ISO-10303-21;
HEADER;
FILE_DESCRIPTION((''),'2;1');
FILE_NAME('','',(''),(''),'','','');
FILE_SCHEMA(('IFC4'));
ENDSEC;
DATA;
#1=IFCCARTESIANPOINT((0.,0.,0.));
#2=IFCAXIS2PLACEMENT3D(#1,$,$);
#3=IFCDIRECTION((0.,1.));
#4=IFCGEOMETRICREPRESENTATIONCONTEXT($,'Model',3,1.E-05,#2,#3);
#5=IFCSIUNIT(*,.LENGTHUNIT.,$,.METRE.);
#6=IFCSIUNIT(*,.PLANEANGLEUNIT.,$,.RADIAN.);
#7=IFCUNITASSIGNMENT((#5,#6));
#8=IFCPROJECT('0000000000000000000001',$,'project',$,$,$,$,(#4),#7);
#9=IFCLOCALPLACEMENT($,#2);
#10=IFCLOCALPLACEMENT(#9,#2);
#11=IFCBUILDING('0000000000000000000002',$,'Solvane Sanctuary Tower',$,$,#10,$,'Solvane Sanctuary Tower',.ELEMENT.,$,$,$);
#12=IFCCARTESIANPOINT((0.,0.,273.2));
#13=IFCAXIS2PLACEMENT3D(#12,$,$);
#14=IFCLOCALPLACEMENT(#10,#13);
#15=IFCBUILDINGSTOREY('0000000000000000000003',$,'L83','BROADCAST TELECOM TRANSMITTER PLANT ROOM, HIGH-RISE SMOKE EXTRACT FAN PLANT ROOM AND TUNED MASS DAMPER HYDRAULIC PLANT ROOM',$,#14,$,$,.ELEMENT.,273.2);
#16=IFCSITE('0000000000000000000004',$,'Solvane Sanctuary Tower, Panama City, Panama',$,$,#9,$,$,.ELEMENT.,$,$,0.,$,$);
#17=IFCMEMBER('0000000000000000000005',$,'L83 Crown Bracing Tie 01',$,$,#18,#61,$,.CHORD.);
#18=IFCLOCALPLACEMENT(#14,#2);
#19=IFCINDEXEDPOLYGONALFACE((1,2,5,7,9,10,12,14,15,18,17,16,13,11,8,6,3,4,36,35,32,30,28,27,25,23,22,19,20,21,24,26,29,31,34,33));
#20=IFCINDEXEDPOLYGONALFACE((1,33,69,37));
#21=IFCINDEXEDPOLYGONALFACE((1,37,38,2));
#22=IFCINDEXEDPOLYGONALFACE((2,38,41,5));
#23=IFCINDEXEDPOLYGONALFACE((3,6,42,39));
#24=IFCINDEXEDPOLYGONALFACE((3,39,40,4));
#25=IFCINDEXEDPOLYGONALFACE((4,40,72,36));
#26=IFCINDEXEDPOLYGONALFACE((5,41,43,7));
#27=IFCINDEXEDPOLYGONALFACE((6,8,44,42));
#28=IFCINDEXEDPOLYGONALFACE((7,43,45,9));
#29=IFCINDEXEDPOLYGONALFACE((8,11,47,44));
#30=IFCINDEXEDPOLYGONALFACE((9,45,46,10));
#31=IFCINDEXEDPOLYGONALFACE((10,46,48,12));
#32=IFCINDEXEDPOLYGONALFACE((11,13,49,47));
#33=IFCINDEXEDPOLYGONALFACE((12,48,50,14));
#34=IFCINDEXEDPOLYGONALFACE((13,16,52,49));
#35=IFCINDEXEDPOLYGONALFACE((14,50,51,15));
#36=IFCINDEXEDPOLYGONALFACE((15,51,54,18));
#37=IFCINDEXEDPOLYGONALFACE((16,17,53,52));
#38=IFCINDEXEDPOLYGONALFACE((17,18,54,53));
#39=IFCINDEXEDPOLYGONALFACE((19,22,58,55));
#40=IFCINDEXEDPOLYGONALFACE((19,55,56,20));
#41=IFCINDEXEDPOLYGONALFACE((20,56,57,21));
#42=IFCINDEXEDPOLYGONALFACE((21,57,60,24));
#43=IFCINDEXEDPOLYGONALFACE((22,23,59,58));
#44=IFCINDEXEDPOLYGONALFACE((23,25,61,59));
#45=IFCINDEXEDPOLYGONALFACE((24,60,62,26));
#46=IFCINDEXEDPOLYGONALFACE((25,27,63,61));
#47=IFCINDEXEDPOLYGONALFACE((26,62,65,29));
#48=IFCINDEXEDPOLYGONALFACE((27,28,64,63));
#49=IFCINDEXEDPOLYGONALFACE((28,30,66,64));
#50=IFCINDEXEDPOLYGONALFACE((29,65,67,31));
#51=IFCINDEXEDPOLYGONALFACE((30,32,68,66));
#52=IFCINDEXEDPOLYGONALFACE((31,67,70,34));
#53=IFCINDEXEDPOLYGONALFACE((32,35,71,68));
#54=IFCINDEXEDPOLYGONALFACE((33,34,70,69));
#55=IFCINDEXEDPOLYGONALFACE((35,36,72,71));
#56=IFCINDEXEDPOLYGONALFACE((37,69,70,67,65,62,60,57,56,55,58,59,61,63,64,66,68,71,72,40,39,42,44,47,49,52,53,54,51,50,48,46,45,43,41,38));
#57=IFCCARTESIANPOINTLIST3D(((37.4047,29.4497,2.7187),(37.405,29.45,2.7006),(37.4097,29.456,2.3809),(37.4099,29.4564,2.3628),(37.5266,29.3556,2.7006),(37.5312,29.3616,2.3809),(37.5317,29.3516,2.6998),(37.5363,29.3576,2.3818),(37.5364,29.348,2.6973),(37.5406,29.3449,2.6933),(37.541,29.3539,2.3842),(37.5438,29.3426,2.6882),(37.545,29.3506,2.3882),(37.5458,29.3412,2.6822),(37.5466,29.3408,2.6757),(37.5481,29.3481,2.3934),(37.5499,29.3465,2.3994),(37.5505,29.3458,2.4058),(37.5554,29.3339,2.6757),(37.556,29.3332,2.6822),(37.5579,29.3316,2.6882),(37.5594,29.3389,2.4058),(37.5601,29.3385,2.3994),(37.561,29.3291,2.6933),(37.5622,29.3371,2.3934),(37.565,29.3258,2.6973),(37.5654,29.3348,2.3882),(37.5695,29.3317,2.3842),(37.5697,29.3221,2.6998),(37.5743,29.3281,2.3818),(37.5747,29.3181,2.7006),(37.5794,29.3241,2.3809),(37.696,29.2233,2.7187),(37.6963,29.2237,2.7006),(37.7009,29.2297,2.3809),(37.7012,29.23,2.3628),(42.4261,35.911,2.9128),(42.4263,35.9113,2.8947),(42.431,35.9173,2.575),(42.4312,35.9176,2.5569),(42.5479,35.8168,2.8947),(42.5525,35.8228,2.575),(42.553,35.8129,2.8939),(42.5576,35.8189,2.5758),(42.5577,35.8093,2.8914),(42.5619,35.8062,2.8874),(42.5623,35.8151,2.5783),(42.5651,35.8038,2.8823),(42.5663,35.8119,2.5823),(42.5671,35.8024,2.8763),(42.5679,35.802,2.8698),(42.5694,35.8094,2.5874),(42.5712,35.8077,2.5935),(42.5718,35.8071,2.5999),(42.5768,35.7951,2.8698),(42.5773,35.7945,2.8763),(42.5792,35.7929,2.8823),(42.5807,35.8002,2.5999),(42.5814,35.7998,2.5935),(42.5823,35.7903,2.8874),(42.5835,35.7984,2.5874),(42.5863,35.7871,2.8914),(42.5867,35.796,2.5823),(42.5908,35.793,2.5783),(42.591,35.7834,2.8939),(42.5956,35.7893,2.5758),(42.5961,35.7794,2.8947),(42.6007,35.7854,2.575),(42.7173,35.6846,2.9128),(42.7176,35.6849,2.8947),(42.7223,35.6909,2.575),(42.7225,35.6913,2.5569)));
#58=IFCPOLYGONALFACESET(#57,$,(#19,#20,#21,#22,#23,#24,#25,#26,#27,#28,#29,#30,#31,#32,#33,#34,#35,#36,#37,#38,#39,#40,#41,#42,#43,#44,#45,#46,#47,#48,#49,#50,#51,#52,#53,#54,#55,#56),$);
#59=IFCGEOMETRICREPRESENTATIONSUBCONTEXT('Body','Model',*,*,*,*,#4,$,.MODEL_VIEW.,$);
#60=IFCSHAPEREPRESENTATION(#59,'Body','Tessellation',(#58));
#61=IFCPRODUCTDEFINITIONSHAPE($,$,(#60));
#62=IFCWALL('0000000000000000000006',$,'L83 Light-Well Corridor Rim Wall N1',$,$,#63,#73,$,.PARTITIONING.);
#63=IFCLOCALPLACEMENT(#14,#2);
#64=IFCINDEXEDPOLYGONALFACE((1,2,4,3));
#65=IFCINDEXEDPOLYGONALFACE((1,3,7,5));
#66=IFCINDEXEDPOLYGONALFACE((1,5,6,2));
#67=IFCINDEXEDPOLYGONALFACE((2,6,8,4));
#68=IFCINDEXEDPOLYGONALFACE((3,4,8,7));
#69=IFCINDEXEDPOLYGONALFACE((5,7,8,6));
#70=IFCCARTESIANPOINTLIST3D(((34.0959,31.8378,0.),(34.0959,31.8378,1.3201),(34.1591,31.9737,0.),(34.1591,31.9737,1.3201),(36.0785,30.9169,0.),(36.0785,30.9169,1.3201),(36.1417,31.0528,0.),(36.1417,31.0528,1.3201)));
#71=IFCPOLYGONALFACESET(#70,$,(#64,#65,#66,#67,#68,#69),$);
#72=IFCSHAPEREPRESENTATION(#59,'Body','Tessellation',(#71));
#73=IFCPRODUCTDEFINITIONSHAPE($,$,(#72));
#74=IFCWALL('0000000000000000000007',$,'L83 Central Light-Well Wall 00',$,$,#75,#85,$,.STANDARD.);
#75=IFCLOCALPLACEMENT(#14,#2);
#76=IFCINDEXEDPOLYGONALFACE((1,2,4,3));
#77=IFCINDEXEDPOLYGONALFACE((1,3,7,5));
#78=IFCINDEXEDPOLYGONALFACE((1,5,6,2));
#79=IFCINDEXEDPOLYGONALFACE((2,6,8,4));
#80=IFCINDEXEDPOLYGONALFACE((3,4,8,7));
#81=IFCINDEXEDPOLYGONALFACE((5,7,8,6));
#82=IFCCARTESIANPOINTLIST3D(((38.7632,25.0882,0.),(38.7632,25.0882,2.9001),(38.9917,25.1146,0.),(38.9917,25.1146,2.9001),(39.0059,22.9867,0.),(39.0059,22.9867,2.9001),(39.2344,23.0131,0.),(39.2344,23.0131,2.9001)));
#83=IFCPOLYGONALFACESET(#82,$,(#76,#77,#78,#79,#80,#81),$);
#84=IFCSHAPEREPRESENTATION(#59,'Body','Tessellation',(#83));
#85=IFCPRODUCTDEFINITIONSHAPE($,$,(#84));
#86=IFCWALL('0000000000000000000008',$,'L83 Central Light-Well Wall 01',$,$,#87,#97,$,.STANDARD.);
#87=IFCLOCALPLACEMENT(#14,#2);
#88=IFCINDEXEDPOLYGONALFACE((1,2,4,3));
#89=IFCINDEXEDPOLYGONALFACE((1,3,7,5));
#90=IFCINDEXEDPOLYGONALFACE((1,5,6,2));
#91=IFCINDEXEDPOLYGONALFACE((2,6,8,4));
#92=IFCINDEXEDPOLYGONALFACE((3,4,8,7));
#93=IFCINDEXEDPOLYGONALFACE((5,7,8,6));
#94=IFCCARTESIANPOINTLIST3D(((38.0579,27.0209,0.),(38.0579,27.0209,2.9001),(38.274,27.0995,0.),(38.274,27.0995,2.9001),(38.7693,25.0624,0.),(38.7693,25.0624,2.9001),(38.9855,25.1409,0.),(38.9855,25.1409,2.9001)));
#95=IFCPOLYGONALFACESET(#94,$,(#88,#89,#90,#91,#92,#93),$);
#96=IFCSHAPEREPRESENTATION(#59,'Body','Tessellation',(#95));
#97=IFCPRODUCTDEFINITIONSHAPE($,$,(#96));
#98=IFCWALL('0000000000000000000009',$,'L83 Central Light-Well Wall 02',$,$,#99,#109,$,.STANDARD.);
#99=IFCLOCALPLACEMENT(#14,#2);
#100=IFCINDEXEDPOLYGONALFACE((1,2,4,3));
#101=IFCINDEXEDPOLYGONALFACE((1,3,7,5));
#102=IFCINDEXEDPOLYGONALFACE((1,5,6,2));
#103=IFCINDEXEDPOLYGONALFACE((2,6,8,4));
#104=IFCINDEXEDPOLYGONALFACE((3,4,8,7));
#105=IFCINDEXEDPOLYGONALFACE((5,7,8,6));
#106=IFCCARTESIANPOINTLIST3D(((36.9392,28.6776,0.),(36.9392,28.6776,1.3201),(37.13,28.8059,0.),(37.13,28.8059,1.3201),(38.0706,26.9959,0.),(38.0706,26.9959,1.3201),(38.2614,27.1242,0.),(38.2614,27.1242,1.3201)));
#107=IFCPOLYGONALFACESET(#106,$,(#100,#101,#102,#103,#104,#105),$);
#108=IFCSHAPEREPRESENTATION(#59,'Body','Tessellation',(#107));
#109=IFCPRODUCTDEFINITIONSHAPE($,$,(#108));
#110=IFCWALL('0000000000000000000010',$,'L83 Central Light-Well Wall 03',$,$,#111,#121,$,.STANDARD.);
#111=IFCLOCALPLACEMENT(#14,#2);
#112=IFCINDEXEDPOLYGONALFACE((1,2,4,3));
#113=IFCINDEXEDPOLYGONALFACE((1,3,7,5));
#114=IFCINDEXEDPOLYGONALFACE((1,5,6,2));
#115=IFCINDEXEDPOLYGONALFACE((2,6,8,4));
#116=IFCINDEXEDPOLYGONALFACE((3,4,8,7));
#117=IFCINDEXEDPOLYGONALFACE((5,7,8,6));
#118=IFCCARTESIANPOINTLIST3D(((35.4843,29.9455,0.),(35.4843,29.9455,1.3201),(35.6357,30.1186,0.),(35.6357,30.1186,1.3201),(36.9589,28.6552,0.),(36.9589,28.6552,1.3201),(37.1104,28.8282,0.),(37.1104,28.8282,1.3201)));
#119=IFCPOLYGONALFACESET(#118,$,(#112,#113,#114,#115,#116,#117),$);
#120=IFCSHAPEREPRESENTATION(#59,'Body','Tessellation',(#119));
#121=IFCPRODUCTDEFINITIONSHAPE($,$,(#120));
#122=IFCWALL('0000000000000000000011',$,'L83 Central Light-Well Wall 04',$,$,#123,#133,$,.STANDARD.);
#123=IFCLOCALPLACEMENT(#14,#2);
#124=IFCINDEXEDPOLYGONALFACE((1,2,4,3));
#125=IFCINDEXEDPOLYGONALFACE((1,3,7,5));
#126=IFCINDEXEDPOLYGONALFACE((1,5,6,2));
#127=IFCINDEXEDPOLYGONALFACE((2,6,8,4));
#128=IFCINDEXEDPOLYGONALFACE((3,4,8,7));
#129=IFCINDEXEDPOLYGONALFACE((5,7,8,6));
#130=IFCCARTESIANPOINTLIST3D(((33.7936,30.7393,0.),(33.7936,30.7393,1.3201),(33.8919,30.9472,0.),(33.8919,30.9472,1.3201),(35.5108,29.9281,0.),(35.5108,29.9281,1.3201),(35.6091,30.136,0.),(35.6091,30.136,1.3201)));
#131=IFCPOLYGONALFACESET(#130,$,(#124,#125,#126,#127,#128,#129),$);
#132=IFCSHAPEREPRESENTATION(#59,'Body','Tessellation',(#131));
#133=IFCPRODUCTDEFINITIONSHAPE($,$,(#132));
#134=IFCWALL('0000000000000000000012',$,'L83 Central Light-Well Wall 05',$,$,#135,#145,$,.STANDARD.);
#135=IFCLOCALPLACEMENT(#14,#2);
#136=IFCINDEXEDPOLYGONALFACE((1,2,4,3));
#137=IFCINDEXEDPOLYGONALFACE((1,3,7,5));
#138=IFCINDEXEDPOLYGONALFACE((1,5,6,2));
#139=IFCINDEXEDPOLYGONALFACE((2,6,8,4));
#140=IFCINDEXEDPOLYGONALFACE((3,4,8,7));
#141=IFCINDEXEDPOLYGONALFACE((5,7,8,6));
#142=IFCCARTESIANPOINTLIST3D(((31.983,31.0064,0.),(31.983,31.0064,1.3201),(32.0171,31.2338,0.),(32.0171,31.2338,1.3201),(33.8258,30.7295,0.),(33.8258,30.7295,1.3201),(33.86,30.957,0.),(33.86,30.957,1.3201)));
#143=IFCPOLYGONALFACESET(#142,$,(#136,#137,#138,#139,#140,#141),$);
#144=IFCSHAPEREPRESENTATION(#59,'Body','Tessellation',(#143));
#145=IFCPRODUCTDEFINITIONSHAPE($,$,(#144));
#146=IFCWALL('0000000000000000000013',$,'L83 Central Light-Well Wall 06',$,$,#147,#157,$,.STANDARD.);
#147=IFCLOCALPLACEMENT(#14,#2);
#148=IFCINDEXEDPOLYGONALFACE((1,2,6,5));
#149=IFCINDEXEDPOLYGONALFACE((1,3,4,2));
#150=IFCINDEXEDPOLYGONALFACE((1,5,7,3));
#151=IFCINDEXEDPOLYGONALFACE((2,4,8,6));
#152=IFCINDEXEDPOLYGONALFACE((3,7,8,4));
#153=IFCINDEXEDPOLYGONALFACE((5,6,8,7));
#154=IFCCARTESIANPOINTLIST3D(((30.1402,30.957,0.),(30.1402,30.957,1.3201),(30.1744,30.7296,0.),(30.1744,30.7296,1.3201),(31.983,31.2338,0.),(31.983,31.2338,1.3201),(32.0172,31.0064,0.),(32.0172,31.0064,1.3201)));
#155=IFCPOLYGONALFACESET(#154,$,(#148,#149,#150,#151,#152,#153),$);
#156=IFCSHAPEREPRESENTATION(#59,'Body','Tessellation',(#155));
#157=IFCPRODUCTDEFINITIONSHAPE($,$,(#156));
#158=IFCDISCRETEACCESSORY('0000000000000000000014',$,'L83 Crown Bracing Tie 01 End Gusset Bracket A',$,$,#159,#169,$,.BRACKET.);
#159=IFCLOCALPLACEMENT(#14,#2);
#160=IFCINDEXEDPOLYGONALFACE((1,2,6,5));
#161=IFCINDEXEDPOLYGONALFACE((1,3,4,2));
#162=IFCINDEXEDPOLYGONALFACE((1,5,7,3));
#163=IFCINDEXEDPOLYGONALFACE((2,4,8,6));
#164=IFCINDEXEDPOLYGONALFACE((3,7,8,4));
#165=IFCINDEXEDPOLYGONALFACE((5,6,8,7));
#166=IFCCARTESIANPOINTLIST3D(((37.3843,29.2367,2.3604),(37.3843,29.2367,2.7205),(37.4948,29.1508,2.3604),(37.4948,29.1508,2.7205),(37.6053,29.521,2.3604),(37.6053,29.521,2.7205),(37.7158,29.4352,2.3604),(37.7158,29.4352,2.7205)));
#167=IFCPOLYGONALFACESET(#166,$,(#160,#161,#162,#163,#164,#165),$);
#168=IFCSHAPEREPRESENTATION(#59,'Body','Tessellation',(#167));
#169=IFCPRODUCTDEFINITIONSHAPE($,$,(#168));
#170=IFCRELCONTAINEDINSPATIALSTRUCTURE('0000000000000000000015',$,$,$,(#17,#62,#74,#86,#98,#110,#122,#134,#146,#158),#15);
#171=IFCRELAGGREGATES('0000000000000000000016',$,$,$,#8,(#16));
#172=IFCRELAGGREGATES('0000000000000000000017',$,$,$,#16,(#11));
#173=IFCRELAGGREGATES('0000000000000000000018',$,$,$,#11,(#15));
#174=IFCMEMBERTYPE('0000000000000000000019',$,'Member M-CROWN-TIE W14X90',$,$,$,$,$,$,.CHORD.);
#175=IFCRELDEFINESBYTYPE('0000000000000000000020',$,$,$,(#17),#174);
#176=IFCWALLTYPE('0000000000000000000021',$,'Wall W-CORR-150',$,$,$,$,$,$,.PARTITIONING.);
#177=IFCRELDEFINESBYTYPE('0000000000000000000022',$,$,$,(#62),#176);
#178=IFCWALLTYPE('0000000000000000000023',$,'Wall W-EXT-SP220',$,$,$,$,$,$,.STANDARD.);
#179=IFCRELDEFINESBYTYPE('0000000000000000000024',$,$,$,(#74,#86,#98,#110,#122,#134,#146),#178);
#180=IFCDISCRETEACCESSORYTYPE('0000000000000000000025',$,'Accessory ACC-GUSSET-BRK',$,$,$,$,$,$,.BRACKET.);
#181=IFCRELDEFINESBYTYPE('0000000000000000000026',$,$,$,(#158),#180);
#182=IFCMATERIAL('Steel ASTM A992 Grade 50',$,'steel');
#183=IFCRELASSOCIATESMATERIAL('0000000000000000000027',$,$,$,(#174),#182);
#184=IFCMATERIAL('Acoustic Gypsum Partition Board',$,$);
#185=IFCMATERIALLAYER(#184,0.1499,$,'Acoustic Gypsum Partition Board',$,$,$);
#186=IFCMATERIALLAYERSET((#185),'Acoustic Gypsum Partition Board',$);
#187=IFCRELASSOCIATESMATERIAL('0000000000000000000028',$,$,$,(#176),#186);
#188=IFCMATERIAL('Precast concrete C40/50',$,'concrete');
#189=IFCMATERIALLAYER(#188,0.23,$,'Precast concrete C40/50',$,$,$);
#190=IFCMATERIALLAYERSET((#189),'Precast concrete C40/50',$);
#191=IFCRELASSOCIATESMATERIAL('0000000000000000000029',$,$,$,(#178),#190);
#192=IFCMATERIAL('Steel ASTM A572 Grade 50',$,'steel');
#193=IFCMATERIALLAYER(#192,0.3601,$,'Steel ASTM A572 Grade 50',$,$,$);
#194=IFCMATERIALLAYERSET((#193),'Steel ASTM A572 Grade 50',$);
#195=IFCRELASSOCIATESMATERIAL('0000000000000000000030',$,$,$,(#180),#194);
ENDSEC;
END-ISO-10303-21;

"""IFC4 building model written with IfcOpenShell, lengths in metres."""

from ifc_helpers import new_model, si_unit, direction, frame, frame_2d, origin, origin_2d, place, context, subcontext, project, spatial, rectangle, i_section, extrude, material, layer, layer_set, material_profile, profile_set, type_object, element, save


model = new_model("IFC4")

# Units and contexts
model_context = context("Model", 3, precision=1e-05, world=origin(), true_north=direction((0.0, 1.0)))
body_context = subcontext(model_context, "Body", "Model", "MODEL_VIEW")
ifc_project = project(units=[si_unit("LENGTHUNIT", "METRE"), si_unit("PLANEANGLEUNIT", "RADIAN")], contexts=[model_context])

# Site, building, storey
site_placement = place(None, origin())
site = spatial("IfcSite", under=ifc_project, at=site_placement, Name="Solvane Sanctuary Tower, Panama City, Panama", CompositionType="ELEMENT", RefElevation=0.0)
building_placement = place(site_placement, origin())
building = spatial("IfcBuilding", under=site, at=building_placement, Name="Solvane Sanctuary Tower", LongName="Solvane Sanctuary Tower", CompositionType="ELEMENT")
storey_placement = place(building_placement, frame((0.0, 0.0, 273.2)))
storey = spatial("IfcBuildingStorey", under=building, at=storey_placement, Name="L83", Description="BROADCAST TELECOM TRANSMITTER PLANT ROOM, HIGH-RISE SMOKE EXTRACT FAN PLANT ROOM AND TUNED MASS DAMPER HYDRAULIC PLANT ROOM", CompositionType="ELEMENT", Elevation=273.2)

# Shared definitions
ifc_material_1 = material(Name="Steel ASTM A992 Grade 50", Category="steel")

# Member
ifc_material_profile_1 = material_profile(ifc_material_1, i_section(OverallWidth=0.3689, OverallDepth=0.356, WebThickness=0.0112, FlangeThickness=0.0181, FilletRadius=0.0249, at=origin_2d()), Name="W14X90")
ifc_profile_set_1 = profile_set([ifc_material_profile_1], Name="Steel ASTM A992 Grade 50")
member_type = type_object("IfcMemberType", Name="Member M-CROWN-TIE W14X90", PredefinedType="CHORD", material=ifc_profile_set_1)
member_placement = place(storey_placement, frame((37.553, 29.3398, 2.5408), z_axis=(0.613454, 0.789374, 0.023713), x_axis=(-0.789596, 0.613627, 0.0)))
element("IfcMember", 1, at=member_placement, inside=storey, type_object=member_type, Name="L83 Crown Bracing Tie 01", PredefinedType="CHORD", context=body_context, shape_type="SweptSolid", body=[
    extrude(i_section(OverallWidth=0.3689, OverallDepth=0.356, WebThickness=0.0112, FlangeThickness=0.0181, FilletRadius=0.0249, at=origin_2d()), origin(), (0.0, 0.0, 1.0), 8.1853),
])

# Walls
ifc_material_2 = material(Name="Acoustic Gypsum Partition Board")
ifc_layer_1 = layer(ifc_material_2, 0.1499, Name="Acoustic Gypsum Partition Board")
ifc_layer_set_1 = layer_set([ifc_layer_1], Name="Acoustic Gypsum Partition Board")
wall_type_1 = type_object("IfcWallType", Name="Wall W-CORR-150", PredefinedType="PARTITIONING", material=ifc_layer_set_1)
wall_1_placement = place(storey_placement, frame((36.1101, 30.9849, 0.0), z_axis=(0.0, 0.0, 1.0), x_axis=(-0.906943, 0.421252, 0.0)))
element("IfcWall", 2, at=wall_1_placement, inside=storey, type_object=wall_type_1, Name="L83 Light-Well Corridor Rim Wall N1", PredefinedType="PARTITIONING", context=body_context, shape_type="SweptSolid", body=[
    extrude(rectangle(XDim=2.186, YDim=0.1499, at=frame_2d((1.093, 0.0))), origin(), (0.0, 0.0, 1.0), 1.3201),
])
ifc_material_3 = material(Name="Precast concrete C40/50", Category="concrete")
ifc_layer_2 = layer(ifc_material_3, 0.23, Name="Precast concrete C40/50")
ifc_layer_set_2 = layer_set([ifc_layer_2], Name="Precast concrete C40/50")
wall_type_2 = type_object("IfcWallType", Name="Wall W-EXT-SP220", PredefinedType="STANDARD", material=ifc_layer_set_2)
wall_2_placement = place(storey_placement, frame((39.1201, 23.0, 0.0), z_axis=(0.0, 0.0, 1.0), x_axis=(-0.114712, 0.993399, 0.0)))
element("IfcWall", 3, at=wall_2_placement, inside=storey, type_object=wall_type_2, Name="L83 Central Light-Well Wall 00", PredefinedType="STANDARD", context=body_context, shape_type="SweptSolid", body=[
    extrude(rectangle(XDim=2.1155, YDim=0.23, at=frame_2d((1.0576, 0.0))), origin(), (0.0, 0.0, 1.0), 2.9001),
])
wall_3_placement = place(storey_placement, frame((38.8774, 25.1016, 0.0), z_axis=(0.0, 0.0, 1.0), x_axis=(-0.341423, 0.93991, 0.0)))
element("IfcWall", 4, at=wall_3_placement, inside=storey, type_object=wall_type_2, Name="L83 Central Light-Well Wall 01", PredefinedType="STANDARD", context=body_context, shape_type="SweptSolid", body=[
    extrude(rectangle(XDim=2.0837, YDim=0.23, at=frame_2d((1.042, 0.0))), origin(), (0.0, 0.0, 1.0), 2.9001),
])
wall_4_placement = place(storey_placement, frame((38.166, 27.0601, 0.0), z_axis=(0.0, 0.0, 1.0), x_axis=(-0.558198, 0.829708, 0.0)))
element("IfcWall", 5, at=wall_4_placement, inside=storey, type_object=wall_type_2, Name="L83 Central Light-Well Wall 02", PredefinedType="STANDARD", context=body_context, shape_type="SweptSolid", body=[
    extrude(rectangle(XDim=2.0269, YDim=0.23, at=frame_2d((1.0134, 0.0))), origin(), (0.0, 0.0, 1.0), 1.3201),
])
wall_5_placement = place(storey_placement, frame((37.0347, 28.7417, 0.0), z_axis=(0.0, 0.0, 1.0), x_axis=(-0.752577, 0.658505, 0.0)))
element("IfcWall", 6, at=wall_5_placement, inside=storey, type_object=wall_type_2, Name="L83 Central Light-Well Wall 03", PredefinedType="STANDARD", context=body_context, shape_type="SweptSolid", body=[
    extrude(rectangle(XDim=1.9595, YDim=0.23, at=frame_2d((0.9797, 0.0))), origin(), (0.0, 0.0, 1.0), 1.3201),
])
wall_6_placement = place(storey_placement, frame((35.5601, 30.032, 0.0), z_axis=(0.0, 0.0, 1.0), x_axis=(-0.90418, 0.427152, 0.0)))
element("IfcWall", 7, at=wall_6_placement, inside=storey, type_object=wall_type_2, Name="L83 Central Light-Well Wall 04", PredefinedType="STANDARD", context=body_context, shape_type="SweptSolid", body=[
    extrude(rectangle(XDim=1.8992, YDim=0.23, at=frame_2d((0.9497, 0.0))), origin(), (0.0, 0.0, 1.0), 1.3201),
])
for number, where, z_axis, x_axis, name in (
    (8, (33.8428, 30.8433, 0.0), (0.0, 0.0, 1.0), (-0.988902, 0.148571, 0.0), "L83 Central Light-Well Wall 05"),
    (9, (32.0, 31.1201, 0.0), (0.0, 0.0, 1.0), (-0.988902, -0.148571, 0.0), "L83 Central Light-Well Wall 06"),
):
    element("IfcWall", number, at=place(storey_placement, frame(where, z_axis=z_axis, x_axis=x_axis)), inside=storey, type_object=wall_type_2, Name=name, PredefinedType="STANDARD", context=body_context, shape_type="SweptSolid", body=[
        extrude(rectangle(XDim=1.8635, YDim=0.23, at=frame_2d((0.9316, 0.0))), origin(), (0.0, 0.0, 1.0), 1.3201),
    ])

# Discrete accessory
ifc_material_4 = material(Name="Steel ASTM A572 Grade 50", Category="steel")
ifc_layer_3 = layer(ifc_material_4, 0.3601, Name="Steel ASTM A572 Grade 50")
ifc_layer_set_3 = layer_set([ifc_layer_3], Name="Steel ASTM A572 Grade 50")
discrete_accessory_type = type_object("IfcDiscreteAccessoryType", Name="Accessory ACC-GUSSET-BRK", PredefinedType="BRACKET", material=ifc_layer_set_3)
discrete_accessory_placement = place(storey_placement, frame((37.55, 29.3359, 2.3604), z_axis=(0.0, 0.0, 1.0), x_axis=(0.613596, 0.78962, 0.0)))
element("IfcDiscreteAccessory", 10, at=discrete_accessory_placement, inside=storey, type_object=discrete_accessory_type, Name="L83 Crown Bracing Tie 01 End Gusset Bracket A", PredefinedType="BRACKET", context=body_context, shape_type="SweptSolid", body=[
    extrude(rectangle(XDim=0.3601, YDim=0.1399, at=origin_2d()), origin(), (0.0, 0.0, 1.0), 0.3601),
])

save(model, "model.ifc")
